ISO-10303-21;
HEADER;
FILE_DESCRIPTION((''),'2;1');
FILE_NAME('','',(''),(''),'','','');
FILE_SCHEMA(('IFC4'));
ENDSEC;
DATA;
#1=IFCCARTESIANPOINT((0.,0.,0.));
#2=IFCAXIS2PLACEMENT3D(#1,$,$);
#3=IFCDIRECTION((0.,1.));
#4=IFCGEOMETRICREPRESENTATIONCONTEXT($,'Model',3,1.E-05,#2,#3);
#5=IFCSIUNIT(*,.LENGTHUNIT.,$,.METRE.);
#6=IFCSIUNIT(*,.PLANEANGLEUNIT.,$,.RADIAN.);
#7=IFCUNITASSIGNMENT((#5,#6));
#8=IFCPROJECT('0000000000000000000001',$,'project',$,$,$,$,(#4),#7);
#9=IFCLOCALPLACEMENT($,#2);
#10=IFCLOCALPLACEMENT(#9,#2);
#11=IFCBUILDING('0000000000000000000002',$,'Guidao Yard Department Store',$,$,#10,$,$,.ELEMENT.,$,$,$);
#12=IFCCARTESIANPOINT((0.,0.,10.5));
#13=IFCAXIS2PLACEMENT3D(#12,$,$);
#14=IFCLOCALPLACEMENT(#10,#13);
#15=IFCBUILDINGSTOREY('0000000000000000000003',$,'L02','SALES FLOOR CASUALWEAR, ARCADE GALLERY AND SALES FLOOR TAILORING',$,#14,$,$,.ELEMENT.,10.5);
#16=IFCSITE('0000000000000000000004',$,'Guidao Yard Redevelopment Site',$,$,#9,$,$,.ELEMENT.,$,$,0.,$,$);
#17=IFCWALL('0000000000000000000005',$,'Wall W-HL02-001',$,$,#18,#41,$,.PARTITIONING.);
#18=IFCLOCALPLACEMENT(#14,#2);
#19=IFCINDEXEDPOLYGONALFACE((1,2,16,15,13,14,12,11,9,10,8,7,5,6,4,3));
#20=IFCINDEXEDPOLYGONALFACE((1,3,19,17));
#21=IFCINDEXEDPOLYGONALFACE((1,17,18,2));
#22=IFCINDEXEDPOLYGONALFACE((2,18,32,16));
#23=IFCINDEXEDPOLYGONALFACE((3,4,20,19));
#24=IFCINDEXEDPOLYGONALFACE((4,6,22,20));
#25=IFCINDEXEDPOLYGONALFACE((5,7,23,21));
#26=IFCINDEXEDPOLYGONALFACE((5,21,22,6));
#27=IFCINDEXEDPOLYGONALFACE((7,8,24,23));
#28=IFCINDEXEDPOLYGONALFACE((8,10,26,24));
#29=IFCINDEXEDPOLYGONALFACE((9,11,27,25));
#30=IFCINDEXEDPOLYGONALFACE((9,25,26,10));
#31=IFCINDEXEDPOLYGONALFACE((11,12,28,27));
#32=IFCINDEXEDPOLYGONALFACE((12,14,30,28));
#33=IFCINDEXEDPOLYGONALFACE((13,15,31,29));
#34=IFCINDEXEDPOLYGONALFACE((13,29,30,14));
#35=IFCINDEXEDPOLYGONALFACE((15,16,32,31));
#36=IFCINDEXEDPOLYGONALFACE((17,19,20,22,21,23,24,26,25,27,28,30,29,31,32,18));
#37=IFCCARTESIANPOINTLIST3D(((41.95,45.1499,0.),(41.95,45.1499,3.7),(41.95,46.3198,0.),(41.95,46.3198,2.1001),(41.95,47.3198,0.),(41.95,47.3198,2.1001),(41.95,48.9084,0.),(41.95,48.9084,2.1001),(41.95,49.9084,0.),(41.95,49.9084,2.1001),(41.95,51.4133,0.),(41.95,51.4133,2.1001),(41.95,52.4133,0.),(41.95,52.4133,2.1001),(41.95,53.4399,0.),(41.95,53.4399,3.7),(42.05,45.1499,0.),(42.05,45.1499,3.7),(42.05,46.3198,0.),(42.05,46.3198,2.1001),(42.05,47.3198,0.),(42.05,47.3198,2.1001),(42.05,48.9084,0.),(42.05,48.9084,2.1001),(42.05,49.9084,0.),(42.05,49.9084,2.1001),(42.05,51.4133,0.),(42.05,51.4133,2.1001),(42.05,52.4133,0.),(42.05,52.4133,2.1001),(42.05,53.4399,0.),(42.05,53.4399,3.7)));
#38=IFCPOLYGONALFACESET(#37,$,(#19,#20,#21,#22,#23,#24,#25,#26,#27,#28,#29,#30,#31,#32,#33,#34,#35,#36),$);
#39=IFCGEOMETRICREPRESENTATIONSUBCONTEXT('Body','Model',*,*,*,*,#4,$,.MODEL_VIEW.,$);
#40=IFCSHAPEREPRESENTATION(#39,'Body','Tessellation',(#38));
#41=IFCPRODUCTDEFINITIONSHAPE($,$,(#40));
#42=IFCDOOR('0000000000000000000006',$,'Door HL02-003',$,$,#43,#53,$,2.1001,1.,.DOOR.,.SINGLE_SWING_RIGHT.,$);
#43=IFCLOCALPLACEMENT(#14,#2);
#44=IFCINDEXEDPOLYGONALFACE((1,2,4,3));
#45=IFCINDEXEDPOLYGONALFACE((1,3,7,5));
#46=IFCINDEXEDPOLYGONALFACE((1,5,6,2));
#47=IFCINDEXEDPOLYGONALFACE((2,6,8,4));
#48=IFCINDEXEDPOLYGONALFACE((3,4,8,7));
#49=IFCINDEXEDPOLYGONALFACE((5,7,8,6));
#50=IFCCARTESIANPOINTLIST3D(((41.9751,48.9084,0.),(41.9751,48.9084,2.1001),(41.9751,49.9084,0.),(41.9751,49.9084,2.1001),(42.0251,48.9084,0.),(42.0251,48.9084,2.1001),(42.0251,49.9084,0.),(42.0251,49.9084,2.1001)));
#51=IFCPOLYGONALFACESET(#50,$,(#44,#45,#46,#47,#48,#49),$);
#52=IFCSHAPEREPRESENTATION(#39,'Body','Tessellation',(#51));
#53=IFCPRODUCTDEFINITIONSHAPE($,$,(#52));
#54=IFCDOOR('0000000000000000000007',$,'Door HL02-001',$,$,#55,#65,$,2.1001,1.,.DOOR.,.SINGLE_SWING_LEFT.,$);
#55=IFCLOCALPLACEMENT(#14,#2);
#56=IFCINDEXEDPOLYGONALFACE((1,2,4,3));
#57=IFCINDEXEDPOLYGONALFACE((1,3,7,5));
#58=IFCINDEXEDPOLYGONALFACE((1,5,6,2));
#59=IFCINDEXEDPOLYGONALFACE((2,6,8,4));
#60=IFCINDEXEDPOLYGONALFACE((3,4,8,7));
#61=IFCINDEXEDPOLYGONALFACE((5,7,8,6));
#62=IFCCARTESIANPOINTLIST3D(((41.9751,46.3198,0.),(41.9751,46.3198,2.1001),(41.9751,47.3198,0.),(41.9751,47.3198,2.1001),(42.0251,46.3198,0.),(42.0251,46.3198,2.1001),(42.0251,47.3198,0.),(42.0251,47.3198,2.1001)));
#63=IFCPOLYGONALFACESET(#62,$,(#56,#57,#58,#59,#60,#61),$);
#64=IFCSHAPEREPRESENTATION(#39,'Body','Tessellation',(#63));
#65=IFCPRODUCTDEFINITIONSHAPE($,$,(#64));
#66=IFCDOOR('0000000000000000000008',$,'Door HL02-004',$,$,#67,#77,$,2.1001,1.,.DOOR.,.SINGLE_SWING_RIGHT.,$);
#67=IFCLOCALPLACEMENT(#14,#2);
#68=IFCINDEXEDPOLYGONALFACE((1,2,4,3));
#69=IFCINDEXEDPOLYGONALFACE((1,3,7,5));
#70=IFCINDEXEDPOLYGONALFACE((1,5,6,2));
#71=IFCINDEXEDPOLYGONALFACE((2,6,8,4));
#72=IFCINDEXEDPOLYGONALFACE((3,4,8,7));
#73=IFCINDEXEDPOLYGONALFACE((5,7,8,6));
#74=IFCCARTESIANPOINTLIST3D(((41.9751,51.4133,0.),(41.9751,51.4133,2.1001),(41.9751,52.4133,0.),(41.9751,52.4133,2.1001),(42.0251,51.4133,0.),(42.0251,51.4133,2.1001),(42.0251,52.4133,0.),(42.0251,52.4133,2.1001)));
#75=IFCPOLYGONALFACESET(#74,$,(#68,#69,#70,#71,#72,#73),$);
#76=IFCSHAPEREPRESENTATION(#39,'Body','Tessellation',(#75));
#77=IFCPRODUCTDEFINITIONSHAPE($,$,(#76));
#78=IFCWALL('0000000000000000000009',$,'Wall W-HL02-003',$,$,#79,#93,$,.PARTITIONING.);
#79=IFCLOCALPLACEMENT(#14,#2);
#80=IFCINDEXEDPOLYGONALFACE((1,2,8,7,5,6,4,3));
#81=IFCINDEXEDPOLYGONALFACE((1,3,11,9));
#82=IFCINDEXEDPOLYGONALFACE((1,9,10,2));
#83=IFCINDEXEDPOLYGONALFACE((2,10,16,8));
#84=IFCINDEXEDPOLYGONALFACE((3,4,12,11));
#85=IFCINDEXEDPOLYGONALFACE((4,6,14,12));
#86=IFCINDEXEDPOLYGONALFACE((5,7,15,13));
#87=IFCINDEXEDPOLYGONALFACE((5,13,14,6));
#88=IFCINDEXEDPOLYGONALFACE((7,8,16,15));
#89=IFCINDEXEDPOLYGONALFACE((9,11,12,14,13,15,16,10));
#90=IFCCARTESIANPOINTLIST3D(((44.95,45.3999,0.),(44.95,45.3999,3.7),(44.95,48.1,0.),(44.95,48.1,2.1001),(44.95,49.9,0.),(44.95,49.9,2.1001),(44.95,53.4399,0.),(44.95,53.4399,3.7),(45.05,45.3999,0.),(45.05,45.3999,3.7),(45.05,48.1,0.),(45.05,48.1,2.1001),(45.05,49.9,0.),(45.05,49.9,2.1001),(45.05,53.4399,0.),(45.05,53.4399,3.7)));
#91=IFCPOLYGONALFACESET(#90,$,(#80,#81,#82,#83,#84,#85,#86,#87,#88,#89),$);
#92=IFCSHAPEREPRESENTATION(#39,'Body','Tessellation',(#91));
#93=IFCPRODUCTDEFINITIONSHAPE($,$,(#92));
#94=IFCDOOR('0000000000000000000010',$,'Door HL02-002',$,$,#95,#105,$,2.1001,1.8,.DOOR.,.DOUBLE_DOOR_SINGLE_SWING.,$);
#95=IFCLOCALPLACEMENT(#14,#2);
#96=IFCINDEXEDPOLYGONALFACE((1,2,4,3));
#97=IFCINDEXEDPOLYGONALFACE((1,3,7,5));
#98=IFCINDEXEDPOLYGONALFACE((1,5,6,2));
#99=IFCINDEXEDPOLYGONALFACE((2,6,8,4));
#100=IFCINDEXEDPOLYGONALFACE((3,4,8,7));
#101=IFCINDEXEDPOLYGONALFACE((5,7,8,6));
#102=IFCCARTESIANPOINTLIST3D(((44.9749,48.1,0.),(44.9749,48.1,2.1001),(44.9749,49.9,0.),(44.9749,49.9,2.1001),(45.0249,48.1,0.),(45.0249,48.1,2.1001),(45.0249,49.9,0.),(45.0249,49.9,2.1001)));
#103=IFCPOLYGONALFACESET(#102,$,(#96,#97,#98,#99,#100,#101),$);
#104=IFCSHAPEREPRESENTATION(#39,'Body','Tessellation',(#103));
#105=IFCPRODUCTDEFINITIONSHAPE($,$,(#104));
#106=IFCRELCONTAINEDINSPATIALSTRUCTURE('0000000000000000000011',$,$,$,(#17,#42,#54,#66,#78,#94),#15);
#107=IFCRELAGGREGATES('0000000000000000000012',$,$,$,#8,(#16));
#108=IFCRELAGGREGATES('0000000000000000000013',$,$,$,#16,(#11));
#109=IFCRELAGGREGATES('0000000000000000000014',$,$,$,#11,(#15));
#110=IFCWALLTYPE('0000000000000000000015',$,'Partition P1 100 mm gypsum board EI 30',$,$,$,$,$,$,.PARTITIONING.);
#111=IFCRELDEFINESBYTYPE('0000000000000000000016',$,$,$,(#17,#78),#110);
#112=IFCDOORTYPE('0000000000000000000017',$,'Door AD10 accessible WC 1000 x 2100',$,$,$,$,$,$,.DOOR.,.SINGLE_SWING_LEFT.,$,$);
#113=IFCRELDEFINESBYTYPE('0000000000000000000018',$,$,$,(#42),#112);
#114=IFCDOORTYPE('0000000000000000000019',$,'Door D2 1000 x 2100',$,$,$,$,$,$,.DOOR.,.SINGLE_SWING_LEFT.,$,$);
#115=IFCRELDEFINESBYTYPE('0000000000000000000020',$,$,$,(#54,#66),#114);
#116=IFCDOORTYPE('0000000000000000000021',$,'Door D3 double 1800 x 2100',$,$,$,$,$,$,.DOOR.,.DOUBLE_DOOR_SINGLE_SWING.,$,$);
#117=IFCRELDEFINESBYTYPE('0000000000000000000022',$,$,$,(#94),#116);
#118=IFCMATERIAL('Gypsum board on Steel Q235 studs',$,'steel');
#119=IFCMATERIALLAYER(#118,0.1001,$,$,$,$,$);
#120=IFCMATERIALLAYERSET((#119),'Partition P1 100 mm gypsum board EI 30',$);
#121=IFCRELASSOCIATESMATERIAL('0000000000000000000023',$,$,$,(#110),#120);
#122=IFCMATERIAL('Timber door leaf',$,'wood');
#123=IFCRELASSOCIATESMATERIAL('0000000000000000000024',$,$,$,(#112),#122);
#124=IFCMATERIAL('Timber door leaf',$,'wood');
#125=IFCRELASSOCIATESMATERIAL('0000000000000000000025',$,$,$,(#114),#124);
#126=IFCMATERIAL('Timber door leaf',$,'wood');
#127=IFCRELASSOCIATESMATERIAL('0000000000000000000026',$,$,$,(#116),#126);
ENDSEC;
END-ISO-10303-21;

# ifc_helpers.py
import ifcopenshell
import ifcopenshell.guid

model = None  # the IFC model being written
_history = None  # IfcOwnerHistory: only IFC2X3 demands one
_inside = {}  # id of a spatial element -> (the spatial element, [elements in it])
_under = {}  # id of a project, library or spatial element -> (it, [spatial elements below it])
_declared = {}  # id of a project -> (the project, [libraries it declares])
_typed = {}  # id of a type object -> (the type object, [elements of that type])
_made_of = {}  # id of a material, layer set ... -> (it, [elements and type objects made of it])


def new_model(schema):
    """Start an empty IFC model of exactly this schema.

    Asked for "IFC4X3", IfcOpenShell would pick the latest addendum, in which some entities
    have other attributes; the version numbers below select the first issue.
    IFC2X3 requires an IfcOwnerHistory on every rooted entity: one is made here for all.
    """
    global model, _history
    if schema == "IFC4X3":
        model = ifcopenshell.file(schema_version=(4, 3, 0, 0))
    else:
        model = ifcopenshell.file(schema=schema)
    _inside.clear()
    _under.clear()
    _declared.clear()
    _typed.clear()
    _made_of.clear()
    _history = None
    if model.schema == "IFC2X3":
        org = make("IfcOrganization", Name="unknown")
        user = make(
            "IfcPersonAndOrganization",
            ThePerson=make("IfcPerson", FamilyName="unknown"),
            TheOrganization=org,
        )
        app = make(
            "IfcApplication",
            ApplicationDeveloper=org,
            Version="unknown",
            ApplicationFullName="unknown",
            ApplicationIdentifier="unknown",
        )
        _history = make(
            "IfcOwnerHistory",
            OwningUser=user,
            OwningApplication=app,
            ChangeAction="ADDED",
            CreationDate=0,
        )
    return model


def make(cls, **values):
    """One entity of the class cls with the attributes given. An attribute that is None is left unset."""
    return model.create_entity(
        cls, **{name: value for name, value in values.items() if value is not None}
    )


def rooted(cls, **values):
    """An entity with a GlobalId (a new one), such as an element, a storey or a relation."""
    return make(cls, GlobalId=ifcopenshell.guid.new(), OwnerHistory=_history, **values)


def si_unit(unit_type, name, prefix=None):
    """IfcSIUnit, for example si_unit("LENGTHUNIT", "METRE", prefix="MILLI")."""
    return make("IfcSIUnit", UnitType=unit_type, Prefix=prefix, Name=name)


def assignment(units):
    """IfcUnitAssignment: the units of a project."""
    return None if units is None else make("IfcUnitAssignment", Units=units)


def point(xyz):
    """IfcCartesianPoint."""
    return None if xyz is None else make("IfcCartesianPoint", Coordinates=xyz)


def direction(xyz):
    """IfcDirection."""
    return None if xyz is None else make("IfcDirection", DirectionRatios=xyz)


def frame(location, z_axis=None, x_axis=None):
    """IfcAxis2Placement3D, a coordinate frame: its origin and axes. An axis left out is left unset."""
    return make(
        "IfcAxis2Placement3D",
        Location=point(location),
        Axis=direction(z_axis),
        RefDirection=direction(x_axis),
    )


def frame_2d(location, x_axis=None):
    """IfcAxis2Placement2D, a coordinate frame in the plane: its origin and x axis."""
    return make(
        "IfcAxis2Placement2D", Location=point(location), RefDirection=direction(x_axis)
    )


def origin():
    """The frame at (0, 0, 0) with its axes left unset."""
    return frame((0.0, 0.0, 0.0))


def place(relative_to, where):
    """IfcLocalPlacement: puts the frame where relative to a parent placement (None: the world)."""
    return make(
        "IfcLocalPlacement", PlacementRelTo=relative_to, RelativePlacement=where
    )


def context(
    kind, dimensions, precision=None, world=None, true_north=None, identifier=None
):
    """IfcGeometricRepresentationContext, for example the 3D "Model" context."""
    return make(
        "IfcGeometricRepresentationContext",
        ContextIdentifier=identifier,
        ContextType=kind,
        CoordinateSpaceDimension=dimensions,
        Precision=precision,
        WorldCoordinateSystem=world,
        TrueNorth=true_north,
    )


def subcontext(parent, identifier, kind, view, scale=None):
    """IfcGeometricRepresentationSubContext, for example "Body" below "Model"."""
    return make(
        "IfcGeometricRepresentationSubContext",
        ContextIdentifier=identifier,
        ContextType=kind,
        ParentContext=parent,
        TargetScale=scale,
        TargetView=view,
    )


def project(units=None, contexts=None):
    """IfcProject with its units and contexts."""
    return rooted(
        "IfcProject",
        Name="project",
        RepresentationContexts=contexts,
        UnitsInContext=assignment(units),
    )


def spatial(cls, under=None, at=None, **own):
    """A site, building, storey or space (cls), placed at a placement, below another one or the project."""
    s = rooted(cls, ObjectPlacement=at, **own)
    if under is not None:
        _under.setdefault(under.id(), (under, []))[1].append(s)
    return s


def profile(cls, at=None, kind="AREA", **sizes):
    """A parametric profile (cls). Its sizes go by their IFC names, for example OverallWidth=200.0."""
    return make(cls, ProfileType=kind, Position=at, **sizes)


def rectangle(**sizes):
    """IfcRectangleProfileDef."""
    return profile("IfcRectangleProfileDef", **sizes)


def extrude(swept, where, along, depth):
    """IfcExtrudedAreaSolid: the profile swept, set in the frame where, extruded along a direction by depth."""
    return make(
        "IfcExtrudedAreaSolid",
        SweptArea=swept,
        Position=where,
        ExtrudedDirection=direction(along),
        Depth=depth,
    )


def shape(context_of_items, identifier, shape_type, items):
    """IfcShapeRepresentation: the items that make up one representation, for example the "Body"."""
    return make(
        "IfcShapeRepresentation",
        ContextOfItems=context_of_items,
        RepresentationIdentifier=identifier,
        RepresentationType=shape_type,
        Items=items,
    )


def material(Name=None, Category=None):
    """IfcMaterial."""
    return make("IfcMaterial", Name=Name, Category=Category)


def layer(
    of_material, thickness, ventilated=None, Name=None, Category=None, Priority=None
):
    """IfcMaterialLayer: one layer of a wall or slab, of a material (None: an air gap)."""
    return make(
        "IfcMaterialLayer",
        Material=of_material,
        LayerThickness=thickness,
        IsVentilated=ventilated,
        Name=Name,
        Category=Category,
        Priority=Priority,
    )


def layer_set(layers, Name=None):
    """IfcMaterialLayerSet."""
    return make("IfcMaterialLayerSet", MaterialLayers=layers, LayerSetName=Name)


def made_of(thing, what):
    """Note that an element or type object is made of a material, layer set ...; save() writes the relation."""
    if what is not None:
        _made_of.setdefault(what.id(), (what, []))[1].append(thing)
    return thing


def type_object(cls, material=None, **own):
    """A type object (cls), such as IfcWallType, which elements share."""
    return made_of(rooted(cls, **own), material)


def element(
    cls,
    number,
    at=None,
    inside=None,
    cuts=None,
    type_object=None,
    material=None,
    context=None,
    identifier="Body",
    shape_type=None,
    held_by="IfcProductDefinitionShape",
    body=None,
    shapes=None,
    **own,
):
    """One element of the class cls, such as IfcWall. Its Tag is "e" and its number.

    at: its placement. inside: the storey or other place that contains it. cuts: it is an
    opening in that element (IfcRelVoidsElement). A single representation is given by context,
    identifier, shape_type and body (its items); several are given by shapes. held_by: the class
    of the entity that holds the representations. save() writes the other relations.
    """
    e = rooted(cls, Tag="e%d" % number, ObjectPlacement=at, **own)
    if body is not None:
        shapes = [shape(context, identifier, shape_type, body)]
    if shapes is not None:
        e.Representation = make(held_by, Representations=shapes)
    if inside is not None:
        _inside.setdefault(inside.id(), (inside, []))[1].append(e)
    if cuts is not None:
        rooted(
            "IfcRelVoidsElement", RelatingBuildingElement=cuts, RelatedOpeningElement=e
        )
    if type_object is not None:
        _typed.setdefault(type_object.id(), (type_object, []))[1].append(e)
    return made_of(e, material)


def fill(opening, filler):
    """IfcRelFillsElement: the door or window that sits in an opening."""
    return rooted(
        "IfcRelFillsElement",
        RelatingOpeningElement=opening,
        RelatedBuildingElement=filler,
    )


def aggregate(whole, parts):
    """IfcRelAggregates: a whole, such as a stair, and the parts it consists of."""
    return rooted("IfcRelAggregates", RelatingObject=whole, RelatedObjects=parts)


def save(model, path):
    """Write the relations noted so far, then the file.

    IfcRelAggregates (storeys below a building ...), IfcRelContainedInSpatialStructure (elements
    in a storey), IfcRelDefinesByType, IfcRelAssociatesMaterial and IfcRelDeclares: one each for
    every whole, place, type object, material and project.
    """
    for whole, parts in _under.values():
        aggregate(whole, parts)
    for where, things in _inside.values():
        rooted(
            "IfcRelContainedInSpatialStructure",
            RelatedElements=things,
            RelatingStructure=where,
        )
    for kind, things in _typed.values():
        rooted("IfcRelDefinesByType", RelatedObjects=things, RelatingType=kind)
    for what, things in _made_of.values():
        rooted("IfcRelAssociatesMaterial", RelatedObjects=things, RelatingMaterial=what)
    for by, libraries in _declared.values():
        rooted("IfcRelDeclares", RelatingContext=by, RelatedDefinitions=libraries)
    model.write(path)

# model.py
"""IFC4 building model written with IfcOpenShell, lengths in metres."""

from ifc_helpers import new_model, si_unit, direction, frame, frame_2d, origin, place, context, subcontext, project, spatial, rectangle, extrude, material, layer, layer_set, type_object, element, fill, save


model = new_model("IFC4")

# Units and contexts
model_context = context("Model", 3, precision=1e-05, world=origin(), true_north=direction((0.0, 1.0)))
body_context = subcontext(model_context, "Body", "Model", "MODEL_VIEW")
ifc_project = project(units=[si_unit("LENGTHUNIT", "METRE"), si_unit("PLANEANGLEUNIT", "RADIAN")], contexts=[model_context])

# Site, building, storey
site_placement = place(None, origin())
site = spatial("IfcSite", under=ifc_project, at=site_placement, Name="Guidao Yard Redevelopment Site", CompositionType="ELEMENT", RefElevation=0.0)
building_placement = place(site_placement, origin())
building = spatial("IfcBuilding", under=site, at=building_placement, Name="Guidao Yard Department Store", CompositionType="ELEMENT")
storey_placement = place(building_placement, frame((0.0, 0.0, 10.5)))
storey = spatial("IfcBuildingStorey", under=building, at=storey_placement, Name="L02", Description="SALES FLOOR CASUALWEAR, ARCADE GALLERY AND SALES FLOOR TAILORING", CompositionType="ELEMENT", Elevation=10.5)

# Wall, openings, doors
ifc_material_1 = material(Name="Gypsum board on Steel Q235 studs", Category="steel")
ifc_layer_1 = layer(ifc_material_1, 0.1001)
ifc_layer_set_1 = layer_set([ifc_layer_1], Name="Partition P1 100 mm gypsum board EI 30")
wall_type = type_object("IfcWallType", Name="Partition P1 100 mm gypsum board EI 30", PredefinedType="PARTITIONING", material=ifc_layer_set_1)
wall_1_placement = place(storey_placement, frame((42.0, 45.1499, 0.0), z_axis=(0.0, 0.0, 1.0), x_axis=(0.0, 1.0, 0.0)))
wall_1 = element("IfcWall", 1, at=wall_1_placement, inside=storey, type_object=wall_type, Name="Wall W-HL02-001", PredefinedType="PARTITIONING", context=body_context, shape_type="SweptSolid", body=[
    extrude(rectangle(XDim=8.29, YDim=0.1001, at=frame_2d((4.145, 0.0))), origin(), (0.0, 0.0, 1.0), 3.7),
])
opening_1_placement = place(wall_1_placement, frame((1.1699, 0.0, 0.0)))
opening_1 = element("IfcOpeningElement", 2, at=opening_1_placement, cuts=wall_1, PredefinedType="OPENING", context=body_context, shape_type="SweptSolid", body=[
    extrude(rectangle(XDim=1.0, YDim=2.1001, at=frame_2d((0.5, 1.05))), frame((0.0, 0.0601, 0.0), z_axis=(0.0, -1.0, 0.0), x_axis=(1.0, 0.0, 0.0)), (0.0, 0.0, 1.0), 0.1201),
])
opening_2_placement = place(wall_1_placement, frame((3.7585, 0.0, 0.0)))
opening_2 = element("IfcOpeningElement", 3, at=opening_2_placement, cuts=wall_1, PredefinedType="OPENING", context=body_context, shape_type="SweptSolid", body=[
    extrude(rectangle(XDim=1.0, YDim=2.1001, at=frame_2d((0.5, 1.05))), frame((0.0, 0.0601, 0.0), z_axis=(0.0, -1.0, 0.0), x_axis=(1.0, 0.0, 0.0)), (0.0, 0.0, 1.0), 0.1201),
])
opening_3_placement = place(wall_1_placement, frame((6.2634, 0.0, 0.0)))
opening_3 = element("IfcOpeningElement", 4, at=opening_3_placement, cuts=wall_1, PredefinedType="OPENING", context=body_context, shape_type="SweptSolid", body=[
    extrude(rectangle(XDim=1.0, YDim=2.1001, at=frame_2d((0.5, 1.05))), frame((0.0, 0.0601, 0.0), z_axis=(0.0, -1.0, 0.0), x_axis=(1.0, 0.0, 0.0)), (0.0, 0.0, 1.0), 0.1201),
])
ifc_material_2 = material(Name="Timber door leaf", Category="wood")
door_type_1 = type_object("IfcDoorType", Name="Door AD10 accessible WC 1000 x 2100", OperationType="SINGLE_SWING_LEFT", PredefinedType="DOOR", material=ifc_material_2)
door_1_placement = place(opening_2_placement, origin())
door_1 = element("IfcDoor", 5, at=door_1_placement, inside=storey, type_object=door_type_1, Name="Door HL02-003", OperationType="SINGLE_SWING_RIGHT", OverallHeight=2.1001, OverallWidth=1.0, PredefinedType="DOOR", context=body_context, shape_type="SweptSolid", body=[
    extrude(rectangle(XDim=1.0, YDim=2.1001, at=frame_2d((0.5, 1.05))), frame((0.0, 0.0249, 0.0), z_axis=(0.0, -1.0, 0.0), x_axis=(1.0, 0.0, 0.0)), (0.0, 0.0, 1.0), 0.05),
])
fill(opening_2, door_1)
ifc_material_3 = material(Name="Timber door leaf", Category="wood")
door_type_2 = type_object("IfcDoorType", Name="Door D2 1000 x 2100", OperationType="SINGLE_SWING_LEFT", PredefinedType="DOOR", material=ifc_material_3)
door_2_placement = place(opening_1_placement, origin())
door_2 = element("IfcDoor", 6, at=door_2_placement, inside=storey, type_object=door_type_2, Name="Door HL02-001", OperationType="SINGLE_SWING_LEFT", OverallHeight=2.1001, OverallWidth=1.0, PredefinedType="DOOR", context=body_context, shape_type="SweptSolid", body=[
    extrude(rectangle(XDim=1.0, YDim=2.1001, at=frame_2d((0.5, 1.05))), frame((0.0, 0.0249, 0.0), z_axis=(0.0, -1.0, 0.0), x_axis=(1.0, 0.0, 0.0)), (0.0, 0.0, 1.0), 0.05),
])
fill(opening_1, door_2)
door_3_placement = place(opening_3_placement, origin())
door_3 = element("IfcDoor", 7, at=door_3_placement, inside=storey, type_object=door_type_2, Name="Door HL02-004", OperationType="SINGLE_SWING_RIGHT", OverallHeight=2.1001, OverallWidth=1.0, PredefinedType="DOOR", context=body_context, shape_type="SweptSolid", body=[
    extrude(rectangle(XDim=1.0, YDim=2.1001, at=frame_2d((0.5, 1.05))), frame((0.0, 0.0249, 0.0), z_axis=(0.0, -1.0, 0.0), x_axis=(1.0, 0.0, 0.0)), (0.0, 0.0, 1.0), 0.05),
])
fill(opening_3, door_3)

# Wall, opening, door
wall_2_placement = place(storey_placement, frame((45.0, 45.3999, 0.0), z_axis=(0.0, 0.0, 1.0), x_axis=(0.0, 1.0, 0.0)))
wall_2 = element("IfcWall", 8, at=wall_2_placement, inside=storey, type_object=wall_type, Name="Wall W-HL02-003", PredefinedType="PARTITIONING", context=body_context, shape_type="SweptSolid", body=[
    extrude(rectangle(XDim=8.04, YDim=0.1001, at=frame_2d((4.02, 0.0))), origin(), (0.0, 0.0, 1.0), 3.7),
])
opening_4_placement = place(wall_2_placement, frame((4.5, 0.0, 0.0), z_axis=(0.0, 0.0, 1.0), x_axis=(-1.0, 0.0, 0.0)))
opening_4 = element("IfcOpeningElement", 9, at=opening_4_placement, cuts=wall_2, PredefinedType="OPENING", context=body_context, shape_type="SweptSolid", body=[
    extrude(rectangle(XDim=1.8, YDim=2.1001, at=frame_2d((0.8999, 1.05))), frame((0.0, 0.0601, 0.0), z_axis=(0.0, -1.0, 0.0), x_axis=(1.0, 0.0, 0.0)), (0.0, 0.0, 1.0), 0.1201),
])
ifc_material_4 = material(Name="Timber door leaf", Category="wood")
door_type_3 = type_object("IfcDoorType", Name="Door D3 double 1800 x 2100", OperationType="DOUBLE_DOOR_SINGLE_SWING", PredefinedType="DOOR", material=ifc_material_4)
door_4_placement = place(opening_4_placement, origin())
door_4 = element("IfcDoor", 10, at=door_4_placement, inside=storey, type_object=door_type_3, Name="Door HL02-002", OperationType="DOUBLE_DOOR_SINGLE_SWING", OverallHeight=2.1001, OverallWidth=1.8, PredefinedType="DOOR", context=body_context, shape_type="SweptSolid", body=[
    extrude(rectangle(XDim=1.8, YDim=2.1001, at=frame_2d((0.8999, 1.05))), frame((0.0, 0.0249, 0.0), z_axis=(0.0, -1.0, 0.0), x_axis=(1.0, 0.0, 0.0)), (0.0, 0.0, 1.0), 0.05),
])
fill(opening_4, door_4)

save(model, "model.ifc")
